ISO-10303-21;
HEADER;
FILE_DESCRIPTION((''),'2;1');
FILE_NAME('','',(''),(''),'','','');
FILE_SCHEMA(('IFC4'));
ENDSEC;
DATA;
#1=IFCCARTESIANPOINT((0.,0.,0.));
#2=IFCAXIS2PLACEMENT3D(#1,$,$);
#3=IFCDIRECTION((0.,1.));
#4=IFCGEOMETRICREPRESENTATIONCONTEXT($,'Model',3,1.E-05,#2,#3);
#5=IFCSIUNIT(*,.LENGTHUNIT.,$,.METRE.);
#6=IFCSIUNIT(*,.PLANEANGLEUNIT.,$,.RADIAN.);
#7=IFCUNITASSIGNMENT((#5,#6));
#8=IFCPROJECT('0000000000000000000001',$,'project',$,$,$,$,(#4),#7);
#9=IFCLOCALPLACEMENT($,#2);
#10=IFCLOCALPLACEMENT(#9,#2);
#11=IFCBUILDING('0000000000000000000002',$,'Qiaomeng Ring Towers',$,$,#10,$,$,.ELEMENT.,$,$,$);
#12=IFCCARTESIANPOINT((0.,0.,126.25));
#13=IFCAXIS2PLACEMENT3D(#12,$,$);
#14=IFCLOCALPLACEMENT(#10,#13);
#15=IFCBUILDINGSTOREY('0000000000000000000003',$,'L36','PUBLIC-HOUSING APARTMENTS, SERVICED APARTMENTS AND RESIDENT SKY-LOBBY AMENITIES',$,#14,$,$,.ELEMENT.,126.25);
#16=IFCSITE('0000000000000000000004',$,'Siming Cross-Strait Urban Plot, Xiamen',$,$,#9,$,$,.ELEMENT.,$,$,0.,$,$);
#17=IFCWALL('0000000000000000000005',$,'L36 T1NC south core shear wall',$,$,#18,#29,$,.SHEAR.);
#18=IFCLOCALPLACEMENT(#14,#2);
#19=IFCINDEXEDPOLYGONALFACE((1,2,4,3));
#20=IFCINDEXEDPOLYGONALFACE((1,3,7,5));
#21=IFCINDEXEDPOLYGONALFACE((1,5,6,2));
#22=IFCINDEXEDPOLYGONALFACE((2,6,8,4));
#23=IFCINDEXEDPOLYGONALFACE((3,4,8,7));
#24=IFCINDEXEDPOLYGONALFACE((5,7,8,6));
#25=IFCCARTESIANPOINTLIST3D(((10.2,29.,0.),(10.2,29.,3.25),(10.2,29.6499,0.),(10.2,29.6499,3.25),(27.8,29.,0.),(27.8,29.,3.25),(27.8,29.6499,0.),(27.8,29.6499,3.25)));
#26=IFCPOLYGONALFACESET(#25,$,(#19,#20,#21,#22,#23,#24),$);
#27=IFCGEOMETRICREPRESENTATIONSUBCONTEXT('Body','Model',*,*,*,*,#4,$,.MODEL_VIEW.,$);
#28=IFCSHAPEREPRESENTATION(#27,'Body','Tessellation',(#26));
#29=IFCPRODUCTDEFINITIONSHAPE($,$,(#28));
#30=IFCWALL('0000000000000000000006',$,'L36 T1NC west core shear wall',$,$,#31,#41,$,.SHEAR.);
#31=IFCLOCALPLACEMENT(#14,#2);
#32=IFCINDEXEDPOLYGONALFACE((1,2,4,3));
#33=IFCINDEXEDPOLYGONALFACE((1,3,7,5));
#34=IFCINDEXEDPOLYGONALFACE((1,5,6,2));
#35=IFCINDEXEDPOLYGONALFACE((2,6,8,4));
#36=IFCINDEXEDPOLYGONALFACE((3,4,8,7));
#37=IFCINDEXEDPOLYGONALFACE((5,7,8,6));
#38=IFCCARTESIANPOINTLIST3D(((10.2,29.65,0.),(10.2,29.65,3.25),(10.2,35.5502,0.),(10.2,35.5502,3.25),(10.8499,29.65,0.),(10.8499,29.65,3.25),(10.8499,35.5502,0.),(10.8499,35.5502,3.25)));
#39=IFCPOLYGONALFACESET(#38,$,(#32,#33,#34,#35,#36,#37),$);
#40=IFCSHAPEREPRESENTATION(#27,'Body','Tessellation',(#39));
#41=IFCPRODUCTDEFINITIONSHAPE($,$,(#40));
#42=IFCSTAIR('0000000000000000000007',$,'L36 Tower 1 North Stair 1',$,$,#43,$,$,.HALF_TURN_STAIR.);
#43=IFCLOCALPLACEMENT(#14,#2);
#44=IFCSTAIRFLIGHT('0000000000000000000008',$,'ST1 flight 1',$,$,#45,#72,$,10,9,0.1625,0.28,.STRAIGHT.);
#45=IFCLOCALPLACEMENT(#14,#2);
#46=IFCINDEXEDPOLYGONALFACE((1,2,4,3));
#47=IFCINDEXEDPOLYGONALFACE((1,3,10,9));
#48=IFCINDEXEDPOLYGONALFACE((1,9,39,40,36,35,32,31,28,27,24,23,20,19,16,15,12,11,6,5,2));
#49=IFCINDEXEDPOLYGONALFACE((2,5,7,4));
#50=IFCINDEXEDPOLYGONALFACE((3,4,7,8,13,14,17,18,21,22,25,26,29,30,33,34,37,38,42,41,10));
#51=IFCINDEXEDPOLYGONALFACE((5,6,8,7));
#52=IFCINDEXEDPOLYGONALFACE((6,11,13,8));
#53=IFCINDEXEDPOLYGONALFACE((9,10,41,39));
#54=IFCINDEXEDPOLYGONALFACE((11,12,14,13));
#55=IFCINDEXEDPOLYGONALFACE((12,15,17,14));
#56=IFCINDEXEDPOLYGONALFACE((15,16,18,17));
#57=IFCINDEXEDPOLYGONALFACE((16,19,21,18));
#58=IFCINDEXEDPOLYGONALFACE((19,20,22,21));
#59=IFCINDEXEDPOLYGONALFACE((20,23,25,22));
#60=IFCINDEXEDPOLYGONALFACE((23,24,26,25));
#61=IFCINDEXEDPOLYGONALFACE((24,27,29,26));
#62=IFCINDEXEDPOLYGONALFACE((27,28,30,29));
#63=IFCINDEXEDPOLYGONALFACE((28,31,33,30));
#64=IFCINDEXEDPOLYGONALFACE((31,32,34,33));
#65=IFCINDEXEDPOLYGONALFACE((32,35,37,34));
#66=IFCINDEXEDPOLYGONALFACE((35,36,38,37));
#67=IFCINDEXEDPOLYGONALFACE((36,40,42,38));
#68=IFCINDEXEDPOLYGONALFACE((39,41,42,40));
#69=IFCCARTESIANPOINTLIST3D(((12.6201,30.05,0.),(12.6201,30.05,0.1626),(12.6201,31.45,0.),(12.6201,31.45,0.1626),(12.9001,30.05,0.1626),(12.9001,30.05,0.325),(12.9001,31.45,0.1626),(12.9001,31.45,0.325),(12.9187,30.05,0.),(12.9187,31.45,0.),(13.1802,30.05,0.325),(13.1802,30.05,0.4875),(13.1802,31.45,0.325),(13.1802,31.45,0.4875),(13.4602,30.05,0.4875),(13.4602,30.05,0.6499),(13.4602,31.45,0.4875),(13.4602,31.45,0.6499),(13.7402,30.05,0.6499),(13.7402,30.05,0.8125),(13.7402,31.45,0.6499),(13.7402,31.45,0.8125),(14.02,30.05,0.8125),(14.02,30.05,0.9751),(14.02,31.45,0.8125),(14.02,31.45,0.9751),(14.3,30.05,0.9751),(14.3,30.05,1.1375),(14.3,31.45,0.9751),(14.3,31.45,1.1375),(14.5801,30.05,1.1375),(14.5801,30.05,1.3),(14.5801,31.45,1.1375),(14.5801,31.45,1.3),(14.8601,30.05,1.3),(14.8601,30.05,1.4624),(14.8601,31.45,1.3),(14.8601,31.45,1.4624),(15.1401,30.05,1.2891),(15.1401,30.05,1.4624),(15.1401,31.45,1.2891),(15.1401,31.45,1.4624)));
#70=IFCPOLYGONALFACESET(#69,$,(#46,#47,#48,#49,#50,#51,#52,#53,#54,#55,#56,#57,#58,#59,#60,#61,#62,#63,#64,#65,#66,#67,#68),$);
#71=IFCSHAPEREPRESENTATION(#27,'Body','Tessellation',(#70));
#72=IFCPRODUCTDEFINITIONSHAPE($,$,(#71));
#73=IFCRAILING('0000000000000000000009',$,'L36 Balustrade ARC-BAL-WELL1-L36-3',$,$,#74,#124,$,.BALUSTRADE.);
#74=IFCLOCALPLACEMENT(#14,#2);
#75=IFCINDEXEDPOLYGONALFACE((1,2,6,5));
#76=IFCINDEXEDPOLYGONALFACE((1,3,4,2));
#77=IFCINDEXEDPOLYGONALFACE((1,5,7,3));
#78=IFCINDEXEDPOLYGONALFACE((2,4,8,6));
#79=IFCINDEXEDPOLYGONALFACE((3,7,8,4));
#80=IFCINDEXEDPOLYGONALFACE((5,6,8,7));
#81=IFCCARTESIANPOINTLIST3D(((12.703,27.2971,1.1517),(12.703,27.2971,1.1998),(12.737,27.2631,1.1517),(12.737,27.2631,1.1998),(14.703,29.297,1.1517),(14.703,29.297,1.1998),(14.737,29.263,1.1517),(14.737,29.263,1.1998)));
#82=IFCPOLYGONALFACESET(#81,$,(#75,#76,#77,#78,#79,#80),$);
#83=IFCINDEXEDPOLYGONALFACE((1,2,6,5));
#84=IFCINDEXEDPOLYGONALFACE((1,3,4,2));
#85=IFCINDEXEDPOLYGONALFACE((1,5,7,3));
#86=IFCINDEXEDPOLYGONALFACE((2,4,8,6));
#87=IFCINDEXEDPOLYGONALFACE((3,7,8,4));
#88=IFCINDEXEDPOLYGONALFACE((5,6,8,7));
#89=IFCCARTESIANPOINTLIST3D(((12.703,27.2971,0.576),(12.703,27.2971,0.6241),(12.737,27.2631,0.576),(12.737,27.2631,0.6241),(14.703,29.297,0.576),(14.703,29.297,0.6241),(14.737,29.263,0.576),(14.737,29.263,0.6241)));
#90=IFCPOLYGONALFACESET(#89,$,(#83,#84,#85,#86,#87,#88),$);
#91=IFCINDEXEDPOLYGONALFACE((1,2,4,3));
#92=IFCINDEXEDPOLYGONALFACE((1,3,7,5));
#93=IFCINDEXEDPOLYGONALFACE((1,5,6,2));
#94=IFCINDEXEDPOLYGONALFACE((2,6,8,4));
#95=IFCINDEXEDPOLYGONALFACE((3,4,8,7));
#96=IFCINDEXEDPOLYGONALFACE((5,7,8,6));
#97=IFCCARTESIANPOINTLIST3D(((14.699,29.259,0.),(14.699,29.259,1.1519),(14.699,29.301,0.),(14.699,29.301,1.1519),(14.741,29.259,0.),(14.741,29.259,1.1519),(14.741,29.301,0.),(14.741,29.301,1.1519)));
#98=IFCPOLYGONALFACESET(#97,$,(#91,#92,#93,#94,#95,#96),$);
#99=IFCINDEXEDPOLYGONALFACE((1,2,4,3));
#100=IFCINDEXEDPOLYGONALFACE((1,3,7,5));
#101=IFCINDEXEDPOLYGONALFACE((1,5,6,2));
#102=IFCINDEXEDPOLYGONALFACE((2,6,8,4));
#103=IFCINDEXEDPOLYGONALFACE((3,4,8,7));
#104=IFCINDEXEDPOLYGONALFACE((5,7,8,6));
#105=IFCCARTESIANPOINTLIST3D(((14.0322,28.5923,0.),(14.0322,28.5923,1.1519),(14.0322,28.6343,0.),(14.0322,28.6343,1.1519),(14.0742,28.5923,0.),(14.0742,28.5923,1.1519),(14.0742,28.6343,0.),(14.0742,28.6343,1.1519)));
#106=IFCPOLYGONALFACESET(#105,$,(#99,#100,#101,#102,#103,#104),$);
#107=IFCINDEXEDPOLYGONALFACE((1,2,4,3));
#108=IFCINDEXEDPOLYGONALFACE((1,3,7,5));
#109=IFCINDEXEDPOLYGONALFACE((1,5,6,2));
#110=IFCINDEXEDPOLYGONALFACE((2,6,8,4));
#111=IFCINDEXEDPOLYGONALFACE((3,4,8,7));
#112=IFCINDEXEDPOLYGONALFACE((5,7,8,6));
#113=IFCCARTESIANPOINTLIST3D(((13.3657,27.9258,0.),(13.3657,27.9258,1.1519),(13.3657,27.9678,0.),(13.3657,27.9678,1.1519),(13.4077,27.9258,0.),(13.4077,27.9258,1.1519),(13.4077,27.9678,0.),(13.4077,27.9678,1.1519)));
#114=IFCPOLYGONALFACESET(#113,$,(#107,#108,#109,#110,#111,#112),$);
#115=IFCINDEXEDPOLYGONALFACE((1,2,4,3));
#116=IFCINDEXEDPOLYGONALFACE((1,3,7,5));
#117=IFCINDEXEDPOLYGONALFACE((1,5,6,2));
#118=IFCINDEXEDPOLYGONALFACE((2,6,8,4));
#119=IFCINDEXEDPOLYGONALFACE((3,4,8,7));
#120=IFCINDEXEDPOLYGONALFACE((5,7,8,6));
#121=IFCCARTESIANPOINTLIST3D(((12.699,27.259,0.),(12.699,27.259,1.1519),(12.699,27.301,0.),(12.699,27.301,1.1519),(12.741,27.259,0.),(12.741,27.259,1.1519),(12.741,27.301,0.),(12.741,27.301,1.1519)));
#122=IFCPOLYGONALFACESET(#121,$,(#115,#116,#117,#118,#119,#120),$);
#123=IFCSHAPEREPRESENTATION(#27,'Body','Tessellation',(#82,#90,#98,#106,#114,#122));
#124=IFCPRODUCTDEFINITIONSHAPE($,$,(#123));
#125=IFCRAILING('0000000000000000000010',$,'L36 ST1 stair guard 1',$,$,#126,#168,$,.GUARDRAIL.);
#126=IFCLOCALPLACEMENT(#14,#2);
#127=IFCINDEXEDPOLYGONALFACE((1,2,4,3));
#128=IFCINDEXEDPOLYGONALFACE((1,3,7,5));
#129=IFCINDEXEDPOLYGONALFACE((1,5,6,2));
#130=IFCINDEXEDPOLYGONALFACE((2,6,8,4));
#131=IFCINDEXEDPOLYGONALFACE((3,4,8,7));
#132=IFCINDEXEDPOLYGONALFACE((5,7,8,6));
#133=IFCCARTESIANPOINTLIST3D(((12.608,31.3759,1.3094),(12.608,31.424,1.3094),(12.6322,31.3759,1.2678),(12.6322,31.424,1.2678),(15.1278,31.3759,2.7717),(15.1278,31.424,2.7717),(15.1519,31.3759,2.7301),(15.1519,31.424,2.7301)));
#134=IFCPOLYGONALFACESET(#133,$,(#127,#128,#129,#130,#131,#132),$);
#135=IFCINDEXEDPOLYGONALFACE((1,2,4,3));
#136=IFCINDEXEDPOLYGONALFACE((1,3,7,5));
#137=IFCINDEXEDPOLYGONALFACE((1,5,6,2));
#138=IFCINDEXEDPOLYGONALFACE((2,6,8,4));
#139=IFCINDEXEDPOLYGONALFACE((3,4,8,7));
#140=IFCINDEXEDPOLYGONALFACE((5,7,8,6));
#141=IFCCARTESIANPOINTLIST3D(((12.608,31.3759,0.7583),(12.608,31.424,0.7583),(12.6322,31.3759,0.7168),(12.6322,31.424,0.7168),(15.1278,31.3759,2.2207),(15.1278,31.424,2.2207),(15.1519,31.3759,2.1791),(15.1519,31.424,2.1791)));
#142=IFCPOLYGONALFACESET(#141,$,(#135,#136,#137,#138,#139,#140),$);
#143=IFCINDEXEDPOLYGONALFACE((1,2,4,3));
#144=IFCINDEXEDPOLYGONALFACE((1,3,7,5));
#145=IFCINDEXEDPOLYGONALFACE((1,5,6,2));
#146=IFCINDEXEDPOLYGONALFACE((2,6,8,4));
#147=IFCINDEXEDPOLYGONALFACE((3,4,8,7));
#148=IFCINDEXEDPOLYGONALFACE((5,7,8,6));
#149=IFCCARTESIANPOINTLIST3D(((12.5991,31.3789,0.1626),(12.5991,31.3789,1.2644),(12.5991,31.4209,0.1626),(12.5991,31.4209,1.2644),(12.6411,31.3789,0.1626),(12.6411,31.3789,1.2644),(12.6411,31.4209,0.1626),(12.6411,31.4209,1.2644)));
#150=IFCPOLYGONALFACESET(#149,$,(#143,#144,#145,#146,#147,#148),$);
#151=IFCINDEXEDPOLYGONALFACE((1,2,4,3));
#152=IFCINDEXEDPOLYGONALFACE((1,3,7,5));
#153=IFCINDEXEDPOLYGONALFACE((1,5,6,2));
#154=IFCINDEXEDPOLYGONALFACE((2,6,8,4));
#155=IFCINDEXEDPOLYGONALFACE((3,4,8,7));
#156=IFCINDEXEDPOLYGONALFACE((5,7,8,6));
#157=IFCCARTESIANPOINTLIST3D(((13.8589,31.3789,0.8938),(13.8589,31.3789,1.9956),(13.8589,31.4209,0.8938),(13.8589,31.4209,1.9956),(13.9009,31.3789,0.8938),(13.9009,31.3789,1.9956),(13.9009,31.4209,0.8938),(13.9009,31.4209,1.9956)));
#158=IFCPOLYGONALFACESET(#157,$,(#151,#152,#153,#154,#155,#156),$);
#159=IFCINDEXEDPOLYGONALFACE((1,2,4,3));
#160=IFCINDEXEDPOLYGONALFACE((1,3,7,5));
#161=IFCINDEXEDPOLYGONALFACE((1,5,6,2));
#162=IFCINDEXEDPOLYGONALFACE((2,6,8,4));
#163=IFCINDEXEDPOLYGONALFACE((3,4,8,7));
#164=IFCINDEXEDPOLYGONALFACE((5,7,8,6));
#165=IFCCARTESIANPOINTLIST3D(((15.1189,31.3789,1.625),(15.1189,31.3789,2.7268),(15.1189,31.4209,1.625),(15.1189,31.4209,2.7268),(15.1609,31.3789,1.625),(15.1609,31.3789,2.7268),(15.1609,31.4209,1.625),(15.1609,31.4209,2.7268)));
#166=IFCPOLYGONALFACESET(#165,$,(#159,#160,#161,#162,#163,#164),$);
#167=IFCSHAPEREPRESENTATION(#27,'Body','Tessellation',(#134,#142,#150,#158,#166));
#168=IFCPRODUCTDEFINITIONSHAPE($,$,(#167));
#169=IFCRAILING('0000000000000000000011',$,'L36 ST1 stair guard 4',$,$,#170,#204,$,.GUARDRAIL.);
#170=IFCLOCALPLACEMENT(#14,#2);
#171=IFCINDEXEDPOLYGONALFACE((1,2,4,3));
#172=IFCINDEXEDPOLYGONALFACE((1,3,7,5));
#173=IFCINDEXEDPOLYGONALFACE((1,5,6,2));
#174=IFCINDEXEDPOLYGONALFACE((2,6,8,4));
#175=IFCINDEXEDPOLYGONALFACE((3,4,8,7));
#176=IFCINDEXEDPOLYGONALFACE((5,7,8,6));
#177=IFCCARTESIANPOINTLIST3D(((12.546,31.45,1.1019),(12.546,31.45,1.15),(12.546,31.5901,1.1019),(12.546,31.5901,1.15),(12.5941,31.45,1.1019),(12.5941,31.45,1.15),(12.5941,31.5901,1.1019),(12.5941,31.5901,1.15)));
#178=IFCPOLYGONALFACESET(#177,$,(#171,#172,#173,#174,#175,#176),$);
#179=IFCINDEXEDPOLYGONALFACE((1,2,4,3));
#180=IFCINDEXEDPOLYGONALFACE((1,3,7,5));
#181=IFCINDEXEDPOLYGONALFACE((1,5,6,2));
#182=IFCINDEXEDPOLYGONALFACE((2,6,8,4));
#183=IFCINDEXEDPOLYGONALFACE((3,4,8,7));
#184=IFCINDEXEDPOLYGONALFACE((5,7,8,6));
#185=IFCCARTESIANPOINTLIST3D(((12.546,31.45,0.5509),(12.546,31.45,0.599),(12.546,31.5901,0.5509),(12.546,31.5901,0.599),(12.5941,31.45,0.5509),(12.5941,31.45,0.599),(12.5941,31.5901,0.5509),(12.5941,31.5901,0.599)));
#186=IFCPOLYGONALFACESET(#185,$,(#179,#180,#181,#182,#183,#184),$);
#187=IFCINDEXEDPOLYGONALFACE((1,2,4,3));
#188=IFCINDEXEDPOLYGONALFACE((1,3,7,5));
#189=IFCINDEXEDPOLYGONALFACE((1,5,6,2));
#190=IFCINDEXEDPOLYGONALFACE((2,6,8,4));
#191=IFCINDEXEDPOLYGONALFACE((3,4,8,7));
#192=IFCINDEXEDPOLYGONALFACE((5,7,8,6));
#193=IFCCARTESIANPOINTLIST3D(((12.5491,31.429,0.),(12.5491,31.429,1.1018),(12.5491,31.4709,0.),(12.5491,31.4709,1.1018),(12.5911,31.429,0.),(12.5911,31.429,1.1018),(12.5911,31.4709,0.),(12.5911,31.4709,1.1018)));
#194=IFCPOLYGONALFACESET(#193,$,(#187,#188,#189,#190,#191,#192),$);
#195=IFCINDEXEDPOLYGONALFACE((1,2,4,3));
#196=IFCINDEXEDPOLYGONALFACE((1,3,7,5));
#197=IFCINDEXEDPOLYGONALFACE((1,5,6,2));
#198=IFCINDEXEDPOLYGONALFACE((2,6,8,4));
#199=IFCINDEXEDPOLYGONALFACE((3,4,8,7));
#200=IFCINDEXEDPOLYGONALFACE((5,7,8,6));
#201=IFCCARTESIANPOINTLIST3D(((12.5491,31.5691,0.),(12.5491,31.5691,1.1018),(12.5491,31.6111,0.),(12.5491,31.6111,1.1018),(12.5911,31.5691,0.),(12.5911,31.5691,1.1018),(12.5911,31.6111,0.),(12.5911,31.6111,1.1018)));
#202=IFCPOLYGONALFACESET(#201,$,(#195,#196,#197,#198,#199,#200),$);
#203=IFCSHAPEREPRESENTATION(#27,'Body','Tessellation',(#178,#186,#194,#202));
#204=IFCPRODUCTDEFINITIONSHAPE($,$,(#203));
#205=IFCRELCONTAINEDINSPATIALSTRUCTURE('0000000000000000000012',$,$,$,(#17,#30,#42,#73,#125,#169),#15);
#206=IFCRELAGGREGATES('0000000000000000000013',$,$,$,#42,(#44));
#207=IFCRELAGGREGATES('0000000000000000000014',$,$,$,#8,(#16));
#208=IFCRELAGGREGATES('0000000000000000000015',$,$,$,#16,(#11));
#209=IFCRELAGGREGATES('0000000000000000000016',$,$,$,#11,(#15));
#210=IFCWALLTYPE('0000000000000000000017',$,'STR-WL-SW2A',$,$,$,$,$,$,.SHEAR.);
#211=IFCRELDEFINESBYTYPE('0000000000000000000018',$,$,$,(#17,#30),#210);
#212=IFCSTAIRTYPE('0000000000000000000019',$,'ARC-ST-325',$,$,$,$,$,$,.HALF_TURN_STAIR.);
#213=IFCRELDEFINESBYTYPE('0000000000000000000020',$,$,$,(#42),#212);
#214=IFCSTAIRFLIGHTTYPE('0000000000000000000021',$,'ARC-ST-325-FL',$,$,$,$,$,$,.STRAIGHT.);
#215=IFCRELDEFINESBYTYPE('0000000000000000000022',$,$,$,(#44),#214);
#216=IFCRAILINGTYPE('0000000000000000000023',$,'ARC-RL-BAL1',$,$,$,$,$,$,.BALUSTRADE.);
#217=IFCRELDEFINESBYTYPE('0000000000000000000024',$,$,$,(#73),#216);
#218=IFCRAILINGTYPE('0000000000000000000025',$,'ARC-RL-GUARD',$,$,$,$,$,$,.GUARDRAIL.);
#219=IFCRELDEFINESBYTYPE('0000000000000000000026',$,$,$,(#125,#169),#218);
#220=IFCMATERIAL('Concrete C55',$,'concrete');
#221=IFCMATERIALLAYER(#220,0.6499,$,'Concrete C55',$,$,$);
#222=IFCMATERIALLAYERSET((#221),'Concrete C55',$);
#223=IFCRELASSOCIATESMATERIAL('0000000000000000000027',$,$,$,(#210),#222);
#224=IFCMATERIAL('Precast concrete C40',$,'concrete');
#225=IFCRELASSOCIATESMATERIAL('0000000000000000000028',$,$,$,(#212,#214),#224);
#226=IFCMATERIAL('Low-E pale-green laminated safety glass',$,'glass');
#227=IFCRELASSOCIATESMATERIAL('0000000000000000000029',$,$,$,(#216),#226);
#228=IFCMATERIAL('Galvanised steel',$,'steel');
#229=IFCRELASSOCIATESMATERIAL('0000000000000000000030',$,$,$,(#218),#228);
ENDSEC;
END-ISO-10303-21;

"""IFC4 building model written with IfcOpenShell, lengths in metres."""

from ifc_helpers import new_model, si_unit, direction, frame, frame_2d, origin, origin_2d, place, context, subcontext, project, spatial, polyline, rectangle, outline, extrude, source, transform, mapped, material, layer, layer_set, type_object, element, aggregate, save


model = new_model("IFC4")

# Units and contexts
model_context = context("Model", 3, precision=1e-05, world=origin(), true_north=direction((0.0, 1.0)))
body_context = subcontext(model_context, "Body", "Model", "MODEL_VIEW")
ifc_project = project(units=[si_unit("LENGTHUNIT", "METRE"), si_unit("PLANEANGLEUNIT", "RADIAN")], contexts=[model_context])

# Site, building, storey
site_placement = place(None, origin())
site = spatial("IfcSite", under=ifc_project, at=site_placement, Name="Siming Cross-Strait Urban Plot, Xiamen", CompositionType="ELEMENT", RefElevation=0.0)
building_placement = place(site_placement, origin())
building = spatial("IfcBuilding", under=site, at=building_placement, Name="Qiaomeng Ring Towers", CompositionType="ELEMENT")
storey_placement = place(building_placement, frame((0.0, 0.0, 126.25)))
storey = spatial("IfcBuildingStorey", under=building, at=storey_placement, Name="L36", Description="PUBLIC-HOUSING APARTMENTS, SERVICED APARTMENTS AND RESIDENT SKY-LOBBY AMENITIES", CompositionType="ELEMENT", Elevation=126.25)

# Shared definitions
ifc_material_1 = material(Name="Concrete C55", Category="concrete")

# Walls
ifc_layer_1 = layer(ifc_material_1, 0.6499, Name="Concrete C55")
ifc_layer_set_1 = layer_set([ifc_layer_1], Name="Concrete C55")
wall_type_1 = type_object("IfcWallType", Name="STR-WL-SW2A", PredefinedType="SHEAR", material=ifc_layer_set_1)
wall_1_placement = place(storey_placement, frame((10.2, 29.325, 0.0), z_axis=(0.0, 0.0, 1.0), x_axis=(1.0, 0.0, 0.0)))
element("IfcWall", 1, at=wall_1_placement, inside=storey, type_object=wall_type_1, Name="L36 T1NC south core shear wall", PredefinedType="SHEAR", context=body_context, shape_type="SweptSolid", body=[
    extrude(rectangle(XDim=17.6001, YDim=0.6499, at=frame_2d((8.8, 0.0))), origin(), (0.0, 0.0, 1.0), 3.25),
])
wall_2_placement = place(storey_placement, frame((10.5249, 29.6499, 0.0), z_axis=(0.0, 0.0, 1.0), x_axis=(0.0, 1.0, 0.0)))
element("IfcWall", 2, at=wall_2_placement, inside=storey, type_object=wall_type_1, Name="L36 T1NC west core shear wall", PredefinedType="SHEAR", context=body_context, shape_type="SweptSolid", body=[
    extrude(rectangle(XDim=5.9001, YDim=0.6499, at=frame_2d((2.9502, 0.0))), origin(), (0.0, 0.0, 1.0), 3.25),
])

# Stair, stair flight
ifc_material_2 = material(Name="Precast concrete C40", Category="concrete")
stair_type = type_object("IfcStairType", Name="ARC-ST-325", PredefinedType="HALF_TURN_STAIR", material=ifc_material_2)
stair_placement = place(storey_placement, origin())
stair = element("IfcStair", 3, at=stair_placement, inside=storey, type_object=stair_type, Name="L36 Tower 1 North Stair 1", PredefinedType="HALF_TURN_STAIR")
stair_flight_type = type_object("IfcStairFlightType", Name="ARC-ST-325-FL", PredefinedType="STRAIGHT", material=ifc_material_2)
shared_shape_1 = source(origin(), body_context, "Body", "SweptSolid", [
    extrude(outline(polyline([(0.0, 0.0), (0.0, 0.1626), (0.28, 0.1626), (0.28, 0.325), (0.5601, 0.325), (0.5601, 0.4875), (0.8401, 0.4875), (0.8401, 0.6499), (1.1201, 0.6499), (1.1201, 0.8125), (1.3999, 0.8125), (1.3999, 0.9751), (1.6799, 0.9751), (1.6799, 1.1375), (1.96, 1.1375), (1.96, 1.3), (2.24, 1.3), (2.24, 1.4624), (2.52, 1.4624), (2.52, 1.625), (2.52, 1.2891), (0.2986, 0.0), (0.0, 0.0)])), frame((0.0, 0.7, 0.0), z_axis=(0.0, -1.0, 0.0), x_axis=(1.0, 0.0, 0.0)), (0.0, 0.0, 1.0), 1.3999),
])
stair_flight_placement = place(storey_placement, frame((12.6201, 30.75, 0.0), z_axis=(0.0, 0.0, 1.0), x_axis=(1.0, 0.0, 0.0)))
stair_flight = element("IfcStairFlight", 4, at=stair_flight_placement, type_object=stair_flight_type, Name="ST1 flight 1", NumberOfRisers=10, NumberOfTreads=9, PredefinedType="STRAIGHT", RiserHeight=0.1625, TreadLength=0.28, context=body_context, shape_type="MappedRepresentation", body=[
    mapped(shared_shape_1, transform((0.0, 0.0, 0.0), x_axis=(1.0, 0.0, 0.0), y_axis=(0.0, 1.0, 0.0), z_axis=(0.0, 0.0, 1.0), scale=1.0)),
])
aggregate(stair, [stair_flight])

# Railings
ifc_material_3 = material(Name="Low-E pale-green laminated safety glass", Category="glass")
railing_type_1 = type_object("IfcRailingType", Name="ARC-RL-BAL1", PredefinedType="BALUSTRADE", material=ifc_material_3)
railing_1_placement = place(storey_placement, frame((14.72, 29.28, 0.0)))
element("IfcRailing", 5, at=railing_1_placement, inside=storey, type_object=railing_type_1, Name="L36 Balustrade ARC-BAL-WELL1-L36-3", PredefinedType="BALUSTRADE", context=body_context, shape_type="SweptSolid", body=[
    extrude(rectangle(XDim=0.0481, YDim=0.0481, at=origin_2d()), frame((0.0, 0.0, 1.1758), z_axis=(-0.707107, -0.707107, 0.0), x_axis=(0.707107, -0.707107, 0.0)), (0.0, 0.0, 1.0), 2.8284),
    extrude(rectangle(XDim=0.0481, YDim=0.0481, at=origin_2d()), frame((0.0, 0.0, 0.6001), z_axis=(-0.707107, -0.707107, 0.0), x_axis=(0.707107, -0.707107, 0.0)), (0.0, 0.0, 1.0), 2.8284),
    extrude(rectangle(XDim=0.042, YDim=0.042, at=origin_2d()), origin(), (0.0, 0.0, 1.0), 1.1519),
    extrude(rectangle(XDim=0.042, YDim=0.042, at=origin_2d()), frame((-0.6667, -0.6667, 0.0)), (0.0, 0.0, 1.0), 1.1519),
    extrude(rectangle(XDim=0.042, YDim=0.042, at=origin_2d()), frame((-1.3333, -1.3333, 0.0)), (0.0, 0.0, 1.0), 1.1519),
    extrude(rectangle(XDim=0.042, YDim=0.042, at=origin_2d()), frame((-2.0, -2.0, 0.0)), (0.0, 0.0, 1.0), 1.1519),
])
ifc_material_4 = material(Name="Galvanised steel", Category="steel")
railing_type_2 = type_object("IfcRailingType", Name="ARC-RL-GUARD", PredefinedType="GUARDRAIL", material=ifc_material_4)
railing_2_placement = place(storey_placement, frame((12.6201, 31.3999, 0.1626)))
element("IfcRailing", 6, at=railing_2_placement, inside=storey, type_object=railing_type_2, Name="L36 ST1 stair guard 1", PredefinedType="GUARDRAIL", context=body_context, shape_type="SweptSolid", body=[
    extrude(rectangle(XDim=0.0481, YDim=0.0481, at=origin_2d()), frame((0.0, 0.0, 1.126), z_axis=(0.864892, 0.0, 0.501958), x_axis=(0.0, 1.0, 0.0)), (0.0, 0.0, 1.0), 2.9133),
    extrude(rectangle(XDim=0.0481, YDim=0.0481, at=origin_2d()), frame((0.0, 0.0, 0.575), z_axis=(0.864892, 0.0, 0.501958), x_axis=(0.0, 1.0, 0.0)), (0.0, 0.0, 1.0), 2.9133),
    extrude(rectangle(XDim=0.042, YDim=0.042, at=origin_2d()), origin(), (0.0, 0.0, 1.0), 1.1018),
    extrude(rectangle(XDim=0.042, YDim=0.042, at=origin_2d()), frame((1.2598, 0.0, 0.7312)), (0.0, 0.0, 1.0), 1.1018),
    extrude(rectangle(XDim=0.042, YDim=0.042, at=origin_2d()), frame((2.5198, 0.0, 1.4624)), (0.0, 0.0, 1.0), 1.1018),
])
railing_3_placement = place(storey_placement, frame((12.5701, 31.45, 0.0)))
element("IfcRailing", 7, at=railing_3_placement, inside=storey, type_object=railing_type_2, Name="L36 ST1 stair guard 4", PredefinedType="GUARDRAIL", context=body_context, shape_type="SweptSolid", body=[
    extrude(rectangle(XDim=0.0481, YDim=0.0481, at=origin_2d()), frame((0.0, 0.0, 1.126), z_axis=(0.0, 1.0, 0.0), x_axis=(-1.0, 0.0, 0.0)), (0.0, 0.0, 1.0), 0.1401),
    extrude(rectangle(XDim=0.0481, YDim=0.0481, at=origin_2d()), frame((0.0, 0.0, 0.575), z_axis=(0.0, 1.0, 0.0), x_axis=(-1.0, 0.0, 0.0)), (0.0, 0.0, 1.0), 0.1401),
    extrude(rectangle(XDim=0.042, YDim=0.042, at=origin_2d()), origin(), (0.0, 0.0, 1.0), 1.1018),
    extrude(rectangle(XDim=0.042, YDim=0.042, at=origin_2d()), frame((0.0, 0.1401, 0.0)), (0.0, 0.0, 1.0), 1.1018),
])

save(model, "model.ifc")
